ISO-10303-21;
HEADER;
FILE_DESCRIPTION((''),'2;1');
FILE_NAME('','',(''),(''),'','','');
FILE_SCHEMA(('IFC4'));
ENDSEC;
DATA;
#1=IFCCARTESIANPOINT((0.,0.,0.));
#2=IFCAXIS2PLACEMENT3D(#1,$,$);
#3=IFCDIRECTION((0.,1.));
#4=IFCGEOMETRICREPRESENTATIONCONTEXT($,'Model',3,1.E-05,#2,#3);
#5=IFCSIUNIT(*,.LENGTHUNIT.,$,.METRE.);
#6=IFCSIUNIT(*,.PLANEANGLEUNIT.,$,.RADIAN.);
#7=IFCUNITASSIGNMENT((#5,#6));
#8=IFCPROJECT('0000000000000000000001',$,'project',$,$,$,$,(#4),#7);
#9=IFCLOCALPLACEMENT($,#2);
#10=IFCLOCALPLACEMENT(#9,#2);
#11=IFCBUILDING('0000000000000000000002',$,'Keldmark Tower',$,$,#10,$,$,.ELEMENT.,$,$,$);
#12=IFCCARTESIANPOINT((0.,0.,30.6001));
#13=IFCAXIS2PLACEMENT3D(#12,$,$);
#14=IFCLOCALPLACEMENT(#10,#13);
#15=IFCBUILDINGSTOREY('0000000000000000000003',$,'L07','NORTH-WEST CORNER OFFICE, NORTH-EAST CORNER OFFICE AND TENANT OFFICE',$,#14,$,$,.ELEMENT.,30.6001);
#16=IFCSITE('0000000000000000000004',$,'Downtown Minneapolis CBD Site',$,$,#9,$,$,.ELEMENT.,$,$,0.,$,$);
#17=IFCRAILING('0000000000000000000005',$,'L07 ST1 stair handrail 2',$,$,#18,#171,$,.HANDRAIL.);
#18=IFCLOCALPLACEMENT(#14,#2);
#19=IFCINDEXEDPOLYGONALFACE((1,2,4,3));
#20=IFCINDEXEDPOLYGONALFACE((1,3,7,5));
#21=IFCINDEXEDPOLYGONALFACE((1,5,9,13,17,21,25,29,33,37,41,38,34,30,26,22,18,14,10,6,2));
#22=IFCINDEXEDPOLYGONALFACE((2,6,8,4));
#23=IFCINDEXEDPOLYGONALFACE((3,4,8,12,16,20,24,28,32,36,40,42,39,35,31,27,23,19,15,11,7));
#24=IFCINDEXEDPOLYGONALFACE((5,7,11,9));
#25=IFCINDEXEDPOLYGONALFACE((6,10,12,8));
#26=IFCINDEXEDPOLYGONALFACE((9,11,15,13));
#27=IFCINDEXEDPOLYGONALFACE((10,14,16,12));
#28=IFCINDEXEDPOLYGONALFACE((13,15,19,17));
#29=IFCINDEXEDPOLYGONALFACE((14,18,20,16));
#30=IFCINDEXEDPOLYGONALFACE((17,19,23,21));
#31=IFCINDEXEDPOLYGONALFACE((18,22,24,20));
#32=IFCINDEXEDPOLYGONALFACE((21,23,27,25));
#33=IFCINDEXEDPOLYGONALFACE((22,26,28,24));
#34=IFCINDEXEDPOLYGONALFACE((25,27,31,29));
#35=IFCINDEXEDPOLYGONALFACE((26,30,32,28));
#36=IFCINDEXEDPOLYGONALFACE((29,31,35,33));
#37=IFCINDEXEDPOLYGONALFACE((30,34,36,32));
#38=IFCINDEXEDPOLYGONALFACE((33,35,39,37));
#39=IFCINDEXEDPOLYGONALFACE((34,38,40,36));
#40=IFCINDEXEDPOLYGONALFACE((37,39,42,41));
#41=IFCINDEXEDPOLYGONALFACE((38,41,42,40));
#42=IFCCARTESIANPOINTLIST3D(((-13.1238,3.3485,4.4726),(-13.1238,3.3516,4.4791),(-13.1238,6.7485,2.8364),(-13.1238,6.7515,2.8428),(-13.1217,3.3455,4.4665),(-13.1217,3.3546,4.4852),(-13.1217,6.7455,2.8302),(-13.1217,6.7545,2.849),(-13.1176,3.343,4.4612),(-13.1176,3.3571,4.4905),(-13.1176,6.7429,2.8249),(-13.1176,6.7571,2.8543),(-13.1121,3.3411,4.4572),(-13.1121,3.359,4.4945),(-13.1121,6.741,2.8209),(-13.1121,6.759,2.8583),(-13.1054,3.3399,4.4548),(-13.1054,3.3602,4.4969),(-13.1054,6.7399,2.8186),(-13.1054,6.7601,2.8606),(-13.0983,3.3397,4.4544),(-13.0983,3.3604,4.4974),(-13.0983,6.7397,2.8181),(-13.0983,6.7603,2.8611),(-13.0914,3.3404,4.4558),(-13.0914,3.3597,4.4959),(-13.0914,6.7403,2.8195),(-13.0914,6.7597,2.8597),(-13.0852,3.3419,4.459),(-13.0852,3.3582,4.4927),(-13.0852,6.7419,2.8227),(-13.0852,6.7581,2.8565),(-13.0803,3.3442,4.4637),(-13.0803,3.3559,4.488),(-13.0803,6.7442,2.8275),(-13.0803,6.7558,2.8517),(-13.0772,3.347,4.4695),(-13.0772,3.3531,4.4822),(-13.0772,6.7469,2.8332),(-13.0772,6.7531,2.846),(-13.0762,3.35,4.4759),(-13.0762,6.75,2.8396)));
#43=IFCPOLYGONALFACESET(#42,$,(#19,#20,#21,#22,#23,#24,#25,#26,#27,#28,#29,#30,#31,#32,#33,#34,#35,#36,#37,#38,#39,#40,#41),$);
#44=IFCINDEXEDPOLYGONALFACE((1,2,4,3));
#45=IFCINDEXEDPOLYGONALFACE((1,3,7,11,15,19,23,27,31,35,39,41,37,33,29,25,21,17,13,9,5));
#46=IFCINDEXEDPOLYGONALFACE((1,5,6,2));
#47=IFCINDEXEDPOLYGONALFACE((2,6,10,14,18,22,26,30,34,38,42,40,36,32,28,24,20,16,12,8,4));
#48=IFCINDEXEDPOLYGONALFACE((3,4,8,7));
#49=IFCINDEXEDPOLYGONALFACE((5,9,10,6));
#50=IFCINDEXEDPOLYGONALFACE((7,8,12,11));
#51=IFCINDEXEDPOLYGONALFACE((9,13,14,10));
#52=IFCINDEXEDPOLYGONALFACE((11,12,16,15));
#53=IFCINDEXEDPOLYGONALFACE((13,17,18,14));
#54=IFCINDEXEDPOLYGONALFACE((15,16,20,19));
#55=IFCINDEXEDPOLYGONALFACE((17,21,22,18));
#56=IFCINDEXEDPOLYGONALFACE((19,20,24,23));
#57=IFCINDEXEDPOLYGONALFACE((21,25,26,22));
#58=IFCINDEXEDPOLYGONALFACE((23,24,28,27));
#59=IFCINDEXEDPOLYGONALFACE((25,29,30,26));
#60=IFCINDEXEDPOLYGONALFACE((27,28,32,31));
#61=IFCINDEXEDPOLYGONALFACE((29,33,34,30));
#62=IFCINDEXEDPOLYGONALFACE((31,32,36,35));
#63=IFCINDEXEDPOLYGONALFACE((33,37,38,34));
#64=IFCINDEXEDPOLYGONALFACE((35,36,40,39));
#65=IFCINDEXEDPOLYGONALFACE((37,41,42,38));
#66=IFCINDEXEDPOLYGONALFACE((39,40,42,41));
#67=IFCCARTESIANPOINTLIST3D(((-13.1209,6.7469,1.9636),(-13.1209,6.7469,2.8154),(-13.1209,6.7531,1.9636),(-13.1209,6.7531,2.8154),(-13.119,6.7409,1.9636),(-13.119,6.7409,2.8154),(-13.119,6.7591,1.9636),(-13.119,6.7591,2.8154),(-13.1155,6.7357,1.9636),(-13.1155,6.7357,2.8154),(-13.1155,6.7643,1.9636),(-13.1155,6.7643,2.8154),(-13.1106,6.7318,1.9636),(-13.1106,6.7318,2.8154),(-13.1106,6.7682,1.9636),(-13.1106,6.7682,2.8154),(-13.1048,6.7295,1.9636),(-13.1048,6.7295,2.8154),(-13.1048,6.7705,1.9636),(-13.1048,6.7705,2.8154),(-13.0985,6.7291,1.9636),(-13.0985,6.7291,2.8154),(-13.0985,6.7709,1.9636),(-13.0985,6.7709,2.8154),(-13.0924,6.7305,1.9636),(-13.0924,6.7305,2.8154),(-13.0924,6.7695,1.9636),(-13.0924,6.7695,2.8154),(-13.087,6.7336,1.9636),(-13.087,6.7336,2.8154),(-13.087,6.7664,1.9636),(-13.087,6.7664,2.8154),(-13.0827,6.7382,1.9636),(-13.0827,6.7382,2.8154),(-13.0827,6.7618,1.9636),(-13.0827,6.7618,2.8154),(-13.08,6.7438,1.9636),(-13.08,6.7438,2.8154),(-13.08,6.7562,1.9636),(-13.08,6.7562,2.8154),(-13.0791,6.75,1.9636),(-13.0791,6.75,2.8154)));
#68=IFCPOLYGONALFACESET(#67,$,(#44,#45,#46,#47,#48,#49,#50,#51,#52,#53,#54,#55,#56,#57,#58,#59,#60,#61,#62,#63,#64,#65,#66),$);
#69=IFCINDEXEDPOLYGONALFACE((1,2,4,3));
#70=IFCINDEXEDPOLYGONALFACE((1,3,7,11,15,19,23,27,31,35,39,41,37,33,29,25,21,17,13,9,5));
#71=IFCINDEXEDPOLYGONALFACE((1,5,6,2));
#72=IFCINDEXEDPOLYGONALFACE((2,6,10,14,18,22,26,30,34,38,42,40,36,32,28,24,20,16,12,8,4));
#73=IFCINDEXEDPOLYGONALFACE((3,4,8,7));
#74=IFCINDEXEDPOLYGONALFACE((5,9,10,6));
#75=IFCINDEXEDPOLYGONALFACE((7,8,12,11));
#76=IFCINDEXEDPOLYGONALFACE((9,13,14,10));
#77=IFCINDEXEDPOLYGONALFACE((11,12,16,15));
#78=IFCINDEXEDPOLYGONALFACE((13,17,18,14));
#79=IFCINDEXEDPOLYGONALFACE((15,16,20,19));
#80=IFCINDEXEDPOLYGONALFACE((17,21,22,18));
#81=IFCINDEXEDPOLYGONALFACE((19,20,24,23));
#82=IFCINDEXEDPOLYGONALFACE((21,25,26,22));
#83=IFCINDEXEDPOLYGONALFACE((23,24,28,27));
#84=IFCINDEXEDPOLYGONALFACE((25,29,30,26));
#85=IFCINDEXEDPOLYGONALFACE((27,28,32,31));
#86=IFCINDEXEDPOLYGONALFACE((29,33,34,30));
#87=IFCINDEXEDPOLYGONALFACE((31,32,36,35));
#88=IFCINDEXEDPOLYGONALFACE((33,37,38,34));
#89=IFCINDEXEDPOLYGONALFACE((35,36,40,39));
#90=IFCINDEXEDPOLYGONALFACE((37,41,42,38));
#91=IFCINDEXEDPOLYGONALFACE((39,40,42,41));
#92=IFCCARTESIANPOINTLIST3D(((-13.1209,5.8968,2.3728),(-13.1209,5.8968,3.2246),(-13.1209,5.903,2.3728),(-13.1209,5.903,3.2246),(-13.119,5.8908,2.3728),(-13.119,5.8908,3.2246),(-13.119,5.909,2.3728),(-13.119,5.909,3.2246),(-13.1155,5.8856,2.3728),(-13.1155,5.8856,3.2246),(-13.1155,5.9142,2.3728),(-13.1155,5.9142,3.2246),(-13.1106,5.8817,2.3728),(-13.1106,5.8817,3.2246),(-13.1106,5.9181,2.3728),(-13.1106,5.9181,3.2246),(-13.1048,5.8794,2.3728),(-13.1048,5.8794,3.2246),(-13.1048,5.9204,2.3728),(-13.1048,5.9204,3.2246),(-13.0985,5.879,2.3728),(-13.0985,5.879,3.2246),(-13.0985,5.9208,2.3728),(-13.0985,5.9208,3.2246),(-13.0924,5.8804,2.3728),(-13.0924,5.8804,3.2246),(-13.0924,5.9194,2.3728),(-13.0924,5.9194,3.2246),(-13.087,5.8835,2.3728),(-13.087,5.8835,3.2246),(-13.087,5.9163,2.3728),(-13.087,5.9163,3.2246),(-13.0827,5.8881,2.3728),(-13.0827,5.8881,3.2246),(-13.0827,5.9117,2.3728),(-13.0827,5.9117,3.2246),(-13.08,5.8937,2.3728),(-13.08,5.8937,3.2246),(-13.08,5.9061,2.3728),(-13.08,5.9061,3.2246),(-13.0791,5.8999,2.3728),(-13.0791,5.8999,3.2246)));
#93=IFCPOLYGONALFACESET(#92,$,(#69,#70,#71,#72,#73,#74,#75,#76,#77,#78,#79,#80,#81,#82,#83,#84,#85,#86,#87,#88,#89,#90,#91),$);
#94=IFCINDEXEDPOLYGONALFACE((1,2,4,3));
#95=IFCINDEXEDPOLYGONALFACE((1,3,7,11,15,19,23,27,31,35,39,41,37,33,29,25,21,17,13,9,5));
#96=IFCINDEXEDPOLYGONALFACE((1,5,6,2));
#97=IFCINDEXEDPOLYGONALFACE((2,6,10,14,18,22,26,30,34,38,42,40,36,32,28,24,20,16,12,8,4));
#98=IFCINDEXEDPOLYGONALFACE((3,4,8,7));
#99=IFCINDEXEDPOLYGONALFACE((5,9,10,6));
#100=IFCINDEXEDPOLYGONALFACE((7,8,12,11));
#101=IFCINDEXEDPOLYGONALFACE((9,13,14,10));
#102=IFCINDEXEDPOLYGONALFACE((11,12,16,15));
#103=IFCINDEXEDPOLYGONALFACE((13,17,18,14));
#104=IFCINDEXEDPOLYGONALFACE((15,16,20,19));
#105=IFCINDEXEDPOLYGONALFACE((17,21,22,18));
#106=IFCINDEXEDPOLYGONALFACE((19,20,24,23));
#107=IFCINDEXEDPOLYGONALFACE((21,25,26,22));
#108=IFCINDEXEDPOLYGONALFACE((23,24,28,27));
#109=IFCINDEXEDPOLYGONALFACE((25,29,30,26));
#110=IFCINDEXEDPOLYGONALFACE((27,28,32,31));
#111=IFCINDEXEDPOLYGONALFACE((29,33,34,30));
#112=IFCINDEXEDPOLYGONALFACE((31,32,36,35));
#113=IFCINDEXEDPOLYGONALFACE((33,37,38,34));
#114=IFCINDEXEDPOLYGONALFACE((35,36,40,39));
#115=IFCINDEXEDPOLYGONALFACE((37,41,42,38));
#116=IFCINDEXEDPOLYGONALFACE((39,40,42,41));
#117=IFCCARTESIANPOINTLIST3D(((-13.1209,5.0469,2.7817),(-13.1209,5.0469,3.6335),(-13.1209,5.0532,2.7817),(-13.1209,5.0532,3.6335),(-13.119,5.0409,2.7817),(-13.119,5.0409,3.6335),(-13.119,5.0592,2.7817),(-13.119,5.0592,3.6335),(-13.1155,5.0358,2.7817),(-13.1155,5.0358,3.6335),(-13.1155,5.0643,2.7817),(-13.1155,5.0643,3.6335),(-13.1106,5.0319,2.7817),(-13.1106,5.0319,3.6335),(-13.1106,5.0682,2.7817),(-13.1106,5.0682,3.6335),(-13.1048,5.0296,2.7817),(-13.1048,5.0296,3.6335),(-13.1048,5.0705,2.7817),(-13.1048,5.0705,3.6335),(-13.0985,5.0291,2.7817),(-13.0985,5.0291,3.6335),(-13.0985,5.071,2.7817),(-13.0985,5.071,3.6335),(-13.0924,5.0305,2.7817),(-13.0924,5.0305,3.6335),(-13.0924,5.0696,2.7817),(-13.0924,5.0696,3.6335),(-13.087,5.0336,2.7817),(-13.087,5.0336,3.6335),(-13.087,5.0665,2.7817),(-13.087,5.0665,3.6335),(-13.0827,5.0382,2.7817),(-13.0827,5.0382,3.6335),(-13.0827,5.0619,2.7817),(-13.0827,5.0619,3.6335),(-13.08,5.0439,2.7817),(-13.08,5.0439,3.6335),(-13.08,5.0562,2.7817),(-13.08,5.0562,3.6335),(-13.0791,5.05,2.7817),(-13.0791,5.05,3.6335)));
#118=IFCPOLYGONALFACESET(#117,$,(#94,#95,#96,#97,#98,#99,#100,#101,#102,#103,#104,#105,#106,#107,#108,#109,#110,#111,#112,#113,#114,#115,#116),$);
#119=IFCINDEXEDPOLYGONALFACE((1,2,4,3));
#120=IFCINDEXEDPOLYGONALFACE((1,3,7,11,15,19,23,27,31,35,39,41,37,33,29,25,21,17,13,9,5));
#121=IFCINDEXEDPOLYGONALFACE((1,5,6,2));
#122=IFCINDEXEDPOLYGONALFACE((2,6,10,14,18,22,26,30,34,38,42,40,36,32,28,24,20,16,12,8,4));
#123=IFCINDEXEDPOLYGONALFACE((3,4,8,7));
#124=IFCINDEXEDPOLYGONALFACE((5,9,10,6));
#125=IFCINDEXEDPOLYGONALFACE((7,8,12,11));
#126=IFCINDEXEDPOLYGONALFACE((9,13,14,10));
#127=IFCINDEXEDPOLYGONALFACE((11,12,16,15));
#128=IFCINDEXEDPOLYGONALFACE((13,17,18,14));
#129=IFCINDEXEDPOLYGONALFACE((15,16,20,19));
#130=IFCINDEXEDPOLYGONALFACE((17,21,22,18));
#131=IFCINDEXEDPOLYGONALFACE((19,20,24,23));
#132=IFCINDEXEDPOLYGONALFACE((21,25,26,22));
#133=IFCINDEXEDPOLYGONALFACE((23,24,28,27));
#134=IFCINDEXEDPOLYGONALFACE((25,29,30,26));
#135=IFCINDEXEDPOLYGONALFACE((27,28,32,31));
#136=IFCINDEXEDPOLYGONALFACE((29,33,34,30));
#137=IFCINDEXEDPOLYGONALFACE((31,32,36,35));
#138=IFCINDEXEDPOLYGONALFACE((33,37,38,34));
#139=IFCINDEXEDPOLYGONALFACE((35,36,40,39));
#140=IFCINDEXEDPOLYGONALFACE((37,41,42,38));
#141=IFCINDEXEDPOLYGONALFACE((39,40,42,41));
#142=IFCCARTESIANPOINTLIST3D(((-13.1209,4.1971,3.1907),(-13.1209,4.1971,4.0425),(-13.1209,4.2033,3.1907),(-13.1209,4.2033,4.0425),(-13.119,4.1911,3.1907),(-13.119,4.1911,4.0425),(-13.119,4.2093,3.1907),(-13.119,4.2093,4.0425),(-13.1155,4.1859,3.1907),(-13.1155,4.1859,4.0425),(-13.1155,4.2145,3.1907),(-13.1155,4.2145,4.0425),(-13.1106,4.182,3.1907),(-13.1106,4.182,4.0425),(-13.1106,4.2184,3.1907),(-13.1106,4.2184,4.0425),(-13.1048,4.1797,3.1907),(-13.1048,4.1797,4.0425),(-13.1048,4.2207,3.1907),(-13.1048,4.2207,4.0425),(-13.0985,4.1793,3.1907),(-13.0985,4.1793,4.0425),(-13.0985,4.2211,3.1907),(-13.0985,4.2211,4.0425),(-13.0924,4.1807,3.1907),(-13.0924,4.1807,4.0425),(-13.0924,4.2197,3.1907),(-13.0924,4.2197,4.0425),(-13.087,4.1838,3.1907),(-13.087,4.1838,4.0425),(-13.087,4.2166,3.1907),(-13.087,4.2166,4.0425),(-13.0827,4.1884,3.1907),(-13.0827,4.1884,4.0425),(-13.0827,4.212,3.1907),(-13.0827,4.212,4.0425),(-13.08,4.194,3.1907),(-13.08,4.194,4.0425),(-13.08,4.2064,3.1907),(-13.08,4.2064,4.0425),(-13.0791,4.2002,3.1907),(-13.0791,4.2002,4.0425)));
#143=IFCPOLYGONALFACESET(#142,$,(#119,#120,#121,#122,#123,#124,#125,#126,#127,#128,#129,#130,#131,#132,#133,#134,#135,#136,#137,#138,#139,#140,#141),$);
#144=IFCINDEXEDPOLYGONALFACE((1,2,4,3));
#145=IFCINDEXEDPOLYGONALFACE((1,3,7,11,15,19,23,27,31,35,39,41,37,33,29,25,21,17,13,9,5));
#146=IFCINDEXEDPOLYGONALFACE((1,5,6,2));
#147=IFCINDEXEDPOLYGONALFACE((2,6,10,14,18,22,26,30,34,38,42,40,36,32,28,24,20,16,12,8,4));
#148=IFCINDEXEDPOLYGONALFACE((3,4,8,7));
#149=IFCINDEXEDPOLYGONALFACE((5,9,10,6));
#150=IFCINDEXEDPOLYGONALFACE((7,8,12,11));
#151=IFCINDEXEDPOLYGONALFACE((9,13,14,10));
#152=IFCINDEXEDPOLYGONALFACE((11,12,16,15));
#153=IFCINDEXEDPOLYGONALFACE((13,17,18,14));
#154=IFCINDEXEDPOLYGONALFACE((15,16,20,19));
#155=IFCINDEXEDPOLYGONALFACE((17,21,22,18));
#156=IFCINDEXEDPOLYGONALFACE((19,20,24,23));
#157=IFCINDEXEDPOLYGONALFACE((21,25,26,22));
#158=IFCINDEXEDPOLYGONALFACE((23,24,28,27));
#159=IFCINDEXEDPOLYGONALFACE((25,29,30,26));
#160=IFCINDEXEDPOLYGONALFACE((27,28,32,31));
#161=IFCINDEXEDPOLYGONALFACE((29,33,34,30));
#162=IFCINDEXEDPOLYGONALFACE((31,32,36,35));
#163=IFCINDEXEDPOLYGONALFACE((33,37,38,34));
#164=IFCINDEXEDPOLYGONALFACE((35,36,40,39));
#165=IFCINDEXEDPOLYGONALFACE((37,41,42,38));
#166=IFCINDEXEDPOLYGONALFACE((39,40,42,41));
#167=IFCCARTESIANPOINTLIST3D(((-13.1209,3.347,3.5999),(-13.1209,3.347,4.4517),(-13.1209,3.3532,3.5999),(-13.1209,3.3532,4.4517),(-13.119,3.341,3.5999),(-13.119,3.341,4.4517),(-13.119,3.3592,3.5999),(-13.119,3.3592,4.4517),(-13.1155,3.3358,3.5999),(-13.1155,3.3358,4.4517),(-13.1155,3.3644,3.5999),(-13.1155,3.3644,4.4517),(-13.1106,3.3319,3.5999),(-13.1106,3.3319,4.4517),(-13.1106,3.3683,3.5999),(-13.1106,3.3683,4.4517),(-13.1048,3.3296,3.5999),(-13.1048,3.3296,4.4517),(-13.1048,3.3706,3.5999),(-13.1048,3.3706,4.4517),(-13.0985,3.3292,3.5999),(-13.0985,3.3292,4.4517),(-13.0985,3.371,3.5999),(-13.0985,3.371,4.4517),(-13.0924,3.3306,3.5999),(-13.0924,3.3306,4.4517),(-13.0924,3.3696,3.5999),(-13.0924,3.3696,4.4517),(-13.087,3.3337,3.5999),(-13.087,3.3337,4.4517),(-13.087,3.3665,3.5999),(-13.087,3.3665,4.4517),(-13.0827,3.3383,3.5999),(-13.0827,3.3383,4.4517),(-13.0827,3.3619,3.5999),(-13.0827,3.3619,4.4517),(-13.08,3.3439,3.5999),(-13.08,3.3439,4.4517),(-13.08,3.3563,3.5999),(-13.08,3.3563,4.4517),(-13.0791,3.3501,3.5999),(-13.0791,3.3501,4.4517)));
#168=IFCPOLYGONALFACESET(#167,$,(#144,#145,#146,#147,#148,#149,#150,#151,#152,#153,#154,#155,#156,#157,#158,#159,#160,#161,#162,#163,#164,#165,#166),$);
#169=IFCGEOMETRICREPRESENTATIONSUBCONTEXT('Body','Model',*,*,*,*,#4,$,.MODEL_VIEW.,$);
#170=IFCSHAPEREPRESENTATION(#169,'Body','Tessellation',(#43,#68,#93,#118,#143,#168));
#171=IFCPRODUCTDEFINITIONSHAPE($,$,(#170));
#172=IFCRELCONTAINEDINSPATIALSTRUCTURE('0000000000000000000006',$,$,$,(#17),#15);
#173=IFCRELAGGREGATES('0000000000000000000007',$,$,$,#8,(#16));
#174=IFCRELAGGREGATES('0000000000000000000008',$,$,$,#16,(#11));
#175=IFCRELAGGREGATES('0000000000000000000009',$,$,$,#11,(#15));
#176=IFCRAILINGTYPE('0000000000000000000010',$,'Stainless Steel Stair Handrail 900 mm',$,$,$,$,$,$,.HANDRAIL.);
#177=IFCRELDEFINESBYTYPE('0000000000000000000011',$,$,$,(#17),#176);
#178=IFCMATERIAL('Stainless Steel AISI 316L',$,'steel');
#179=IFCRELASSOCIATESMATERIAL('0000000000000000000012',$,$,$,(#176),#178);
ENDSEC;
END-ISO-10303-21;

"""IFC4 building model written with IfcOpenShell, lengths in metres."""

from ifc_helpers import new_model, si_unit, direction, frame, origin, origin_2d, place, context, subcontext, project, spatial, circle, extrude, material, type_object, element, save


model = new_model("IFC4")

# Units and contexts
model_context = context("Model", 3, precision=1e-05, world=origin(), true_north=direction((0.0, 1.0)))
body_context = subcontext(model_context, "Body", "Model", "MODEL_VIEW")
ifc_project = project(units=[si_unit("LENGTHUNIT", "METRE"), si_unit("PLANEANGLEUNIT", "RADIAN")], contexts=[model_context])

# Site, building, storey
site_placement = place(None, origin())
site = spatial("IfcSite", under=ifc_project, at=site_placement, Name="Downtown Minneapolis CBD Site", CompositionType="ELEMENT", RefElevation=0.0)
building_placement = place(site_placement, origin())
building = spatial("IfcBuilding", under=site, at=building_placement, Name="Keldmark Tower", CompositionType="ELEMENT")
storey_placement = place(building_placement, frame((0.0, 0.0, 30.6001)))
storey = spatial("IfcBuildingStorey", under=building, at=storey_placement, Name="L07", Description="NORTH-WEST CORNER OFFICE, NORTH-EAST CORNER OFFICE AND TENANT OFFICE", CompositionType="ELEMENT", Elevation=30.6001)

# Railing
ifc_material_1 = material(Name="Stainless Steel AISI 316L", Category="steel")
railing_type_1 = type_object("IfcRailingType", Name="Stainless Steel Stair Handrail 900 mm", PredefinedType="HANDRAIL", material=ifc_material_1)
railing_1_placement = place(storey_placement, frame((-13.1001, 6.75, 1.9636)))
element("IfcRailing", 1, at=railing_1_placement, inside=storey, type_object=railing_type_1, Name="L07 ST1 stair handrail 2", PredefinedType="HANDRAIL", context=body_context, shape_type="SweptSolid", body=[
    extrude(circle(Radius=0.0239, at=origin_2d()), frame((0.0, 0.0, 0.876), z_axis=(0.0, -0.90108, 0.433652), x_axis=(1.0, 0.0, 0.0)), (0.0, 0.0, 1.0), 3.7732),
    extrude(circle(Radius=0.021, at=origin_2d()), origin(), (0.0, 0.0, 1.0), 0.8518),
    extrude(circle(Radius=0.021, at=origin_2d()), frame((0.0, -0.8501, 0.4092)), (0.0, 0.0, 1.0), 0.8518),
    extrude(circle(Radius=0.021, at=origin_2d()), frame((0.0, -1.7, 0.8181)), (0.0, 0.0, 1.0), 0.8518),
    extrude(circle(Radius=0.021, at=origin_2d()), frame((0.0, -2.5498, 1.2271)), (0.0, 0.0, 1.0), 0.8518),
    extrude(circle(Radius=0.021, at=origin_2d()), frame((0.0, -3.3999, 1.6362)), (0.0, 0.0, 1.0), 0.8518),
])

save(model, "model.ifc")
